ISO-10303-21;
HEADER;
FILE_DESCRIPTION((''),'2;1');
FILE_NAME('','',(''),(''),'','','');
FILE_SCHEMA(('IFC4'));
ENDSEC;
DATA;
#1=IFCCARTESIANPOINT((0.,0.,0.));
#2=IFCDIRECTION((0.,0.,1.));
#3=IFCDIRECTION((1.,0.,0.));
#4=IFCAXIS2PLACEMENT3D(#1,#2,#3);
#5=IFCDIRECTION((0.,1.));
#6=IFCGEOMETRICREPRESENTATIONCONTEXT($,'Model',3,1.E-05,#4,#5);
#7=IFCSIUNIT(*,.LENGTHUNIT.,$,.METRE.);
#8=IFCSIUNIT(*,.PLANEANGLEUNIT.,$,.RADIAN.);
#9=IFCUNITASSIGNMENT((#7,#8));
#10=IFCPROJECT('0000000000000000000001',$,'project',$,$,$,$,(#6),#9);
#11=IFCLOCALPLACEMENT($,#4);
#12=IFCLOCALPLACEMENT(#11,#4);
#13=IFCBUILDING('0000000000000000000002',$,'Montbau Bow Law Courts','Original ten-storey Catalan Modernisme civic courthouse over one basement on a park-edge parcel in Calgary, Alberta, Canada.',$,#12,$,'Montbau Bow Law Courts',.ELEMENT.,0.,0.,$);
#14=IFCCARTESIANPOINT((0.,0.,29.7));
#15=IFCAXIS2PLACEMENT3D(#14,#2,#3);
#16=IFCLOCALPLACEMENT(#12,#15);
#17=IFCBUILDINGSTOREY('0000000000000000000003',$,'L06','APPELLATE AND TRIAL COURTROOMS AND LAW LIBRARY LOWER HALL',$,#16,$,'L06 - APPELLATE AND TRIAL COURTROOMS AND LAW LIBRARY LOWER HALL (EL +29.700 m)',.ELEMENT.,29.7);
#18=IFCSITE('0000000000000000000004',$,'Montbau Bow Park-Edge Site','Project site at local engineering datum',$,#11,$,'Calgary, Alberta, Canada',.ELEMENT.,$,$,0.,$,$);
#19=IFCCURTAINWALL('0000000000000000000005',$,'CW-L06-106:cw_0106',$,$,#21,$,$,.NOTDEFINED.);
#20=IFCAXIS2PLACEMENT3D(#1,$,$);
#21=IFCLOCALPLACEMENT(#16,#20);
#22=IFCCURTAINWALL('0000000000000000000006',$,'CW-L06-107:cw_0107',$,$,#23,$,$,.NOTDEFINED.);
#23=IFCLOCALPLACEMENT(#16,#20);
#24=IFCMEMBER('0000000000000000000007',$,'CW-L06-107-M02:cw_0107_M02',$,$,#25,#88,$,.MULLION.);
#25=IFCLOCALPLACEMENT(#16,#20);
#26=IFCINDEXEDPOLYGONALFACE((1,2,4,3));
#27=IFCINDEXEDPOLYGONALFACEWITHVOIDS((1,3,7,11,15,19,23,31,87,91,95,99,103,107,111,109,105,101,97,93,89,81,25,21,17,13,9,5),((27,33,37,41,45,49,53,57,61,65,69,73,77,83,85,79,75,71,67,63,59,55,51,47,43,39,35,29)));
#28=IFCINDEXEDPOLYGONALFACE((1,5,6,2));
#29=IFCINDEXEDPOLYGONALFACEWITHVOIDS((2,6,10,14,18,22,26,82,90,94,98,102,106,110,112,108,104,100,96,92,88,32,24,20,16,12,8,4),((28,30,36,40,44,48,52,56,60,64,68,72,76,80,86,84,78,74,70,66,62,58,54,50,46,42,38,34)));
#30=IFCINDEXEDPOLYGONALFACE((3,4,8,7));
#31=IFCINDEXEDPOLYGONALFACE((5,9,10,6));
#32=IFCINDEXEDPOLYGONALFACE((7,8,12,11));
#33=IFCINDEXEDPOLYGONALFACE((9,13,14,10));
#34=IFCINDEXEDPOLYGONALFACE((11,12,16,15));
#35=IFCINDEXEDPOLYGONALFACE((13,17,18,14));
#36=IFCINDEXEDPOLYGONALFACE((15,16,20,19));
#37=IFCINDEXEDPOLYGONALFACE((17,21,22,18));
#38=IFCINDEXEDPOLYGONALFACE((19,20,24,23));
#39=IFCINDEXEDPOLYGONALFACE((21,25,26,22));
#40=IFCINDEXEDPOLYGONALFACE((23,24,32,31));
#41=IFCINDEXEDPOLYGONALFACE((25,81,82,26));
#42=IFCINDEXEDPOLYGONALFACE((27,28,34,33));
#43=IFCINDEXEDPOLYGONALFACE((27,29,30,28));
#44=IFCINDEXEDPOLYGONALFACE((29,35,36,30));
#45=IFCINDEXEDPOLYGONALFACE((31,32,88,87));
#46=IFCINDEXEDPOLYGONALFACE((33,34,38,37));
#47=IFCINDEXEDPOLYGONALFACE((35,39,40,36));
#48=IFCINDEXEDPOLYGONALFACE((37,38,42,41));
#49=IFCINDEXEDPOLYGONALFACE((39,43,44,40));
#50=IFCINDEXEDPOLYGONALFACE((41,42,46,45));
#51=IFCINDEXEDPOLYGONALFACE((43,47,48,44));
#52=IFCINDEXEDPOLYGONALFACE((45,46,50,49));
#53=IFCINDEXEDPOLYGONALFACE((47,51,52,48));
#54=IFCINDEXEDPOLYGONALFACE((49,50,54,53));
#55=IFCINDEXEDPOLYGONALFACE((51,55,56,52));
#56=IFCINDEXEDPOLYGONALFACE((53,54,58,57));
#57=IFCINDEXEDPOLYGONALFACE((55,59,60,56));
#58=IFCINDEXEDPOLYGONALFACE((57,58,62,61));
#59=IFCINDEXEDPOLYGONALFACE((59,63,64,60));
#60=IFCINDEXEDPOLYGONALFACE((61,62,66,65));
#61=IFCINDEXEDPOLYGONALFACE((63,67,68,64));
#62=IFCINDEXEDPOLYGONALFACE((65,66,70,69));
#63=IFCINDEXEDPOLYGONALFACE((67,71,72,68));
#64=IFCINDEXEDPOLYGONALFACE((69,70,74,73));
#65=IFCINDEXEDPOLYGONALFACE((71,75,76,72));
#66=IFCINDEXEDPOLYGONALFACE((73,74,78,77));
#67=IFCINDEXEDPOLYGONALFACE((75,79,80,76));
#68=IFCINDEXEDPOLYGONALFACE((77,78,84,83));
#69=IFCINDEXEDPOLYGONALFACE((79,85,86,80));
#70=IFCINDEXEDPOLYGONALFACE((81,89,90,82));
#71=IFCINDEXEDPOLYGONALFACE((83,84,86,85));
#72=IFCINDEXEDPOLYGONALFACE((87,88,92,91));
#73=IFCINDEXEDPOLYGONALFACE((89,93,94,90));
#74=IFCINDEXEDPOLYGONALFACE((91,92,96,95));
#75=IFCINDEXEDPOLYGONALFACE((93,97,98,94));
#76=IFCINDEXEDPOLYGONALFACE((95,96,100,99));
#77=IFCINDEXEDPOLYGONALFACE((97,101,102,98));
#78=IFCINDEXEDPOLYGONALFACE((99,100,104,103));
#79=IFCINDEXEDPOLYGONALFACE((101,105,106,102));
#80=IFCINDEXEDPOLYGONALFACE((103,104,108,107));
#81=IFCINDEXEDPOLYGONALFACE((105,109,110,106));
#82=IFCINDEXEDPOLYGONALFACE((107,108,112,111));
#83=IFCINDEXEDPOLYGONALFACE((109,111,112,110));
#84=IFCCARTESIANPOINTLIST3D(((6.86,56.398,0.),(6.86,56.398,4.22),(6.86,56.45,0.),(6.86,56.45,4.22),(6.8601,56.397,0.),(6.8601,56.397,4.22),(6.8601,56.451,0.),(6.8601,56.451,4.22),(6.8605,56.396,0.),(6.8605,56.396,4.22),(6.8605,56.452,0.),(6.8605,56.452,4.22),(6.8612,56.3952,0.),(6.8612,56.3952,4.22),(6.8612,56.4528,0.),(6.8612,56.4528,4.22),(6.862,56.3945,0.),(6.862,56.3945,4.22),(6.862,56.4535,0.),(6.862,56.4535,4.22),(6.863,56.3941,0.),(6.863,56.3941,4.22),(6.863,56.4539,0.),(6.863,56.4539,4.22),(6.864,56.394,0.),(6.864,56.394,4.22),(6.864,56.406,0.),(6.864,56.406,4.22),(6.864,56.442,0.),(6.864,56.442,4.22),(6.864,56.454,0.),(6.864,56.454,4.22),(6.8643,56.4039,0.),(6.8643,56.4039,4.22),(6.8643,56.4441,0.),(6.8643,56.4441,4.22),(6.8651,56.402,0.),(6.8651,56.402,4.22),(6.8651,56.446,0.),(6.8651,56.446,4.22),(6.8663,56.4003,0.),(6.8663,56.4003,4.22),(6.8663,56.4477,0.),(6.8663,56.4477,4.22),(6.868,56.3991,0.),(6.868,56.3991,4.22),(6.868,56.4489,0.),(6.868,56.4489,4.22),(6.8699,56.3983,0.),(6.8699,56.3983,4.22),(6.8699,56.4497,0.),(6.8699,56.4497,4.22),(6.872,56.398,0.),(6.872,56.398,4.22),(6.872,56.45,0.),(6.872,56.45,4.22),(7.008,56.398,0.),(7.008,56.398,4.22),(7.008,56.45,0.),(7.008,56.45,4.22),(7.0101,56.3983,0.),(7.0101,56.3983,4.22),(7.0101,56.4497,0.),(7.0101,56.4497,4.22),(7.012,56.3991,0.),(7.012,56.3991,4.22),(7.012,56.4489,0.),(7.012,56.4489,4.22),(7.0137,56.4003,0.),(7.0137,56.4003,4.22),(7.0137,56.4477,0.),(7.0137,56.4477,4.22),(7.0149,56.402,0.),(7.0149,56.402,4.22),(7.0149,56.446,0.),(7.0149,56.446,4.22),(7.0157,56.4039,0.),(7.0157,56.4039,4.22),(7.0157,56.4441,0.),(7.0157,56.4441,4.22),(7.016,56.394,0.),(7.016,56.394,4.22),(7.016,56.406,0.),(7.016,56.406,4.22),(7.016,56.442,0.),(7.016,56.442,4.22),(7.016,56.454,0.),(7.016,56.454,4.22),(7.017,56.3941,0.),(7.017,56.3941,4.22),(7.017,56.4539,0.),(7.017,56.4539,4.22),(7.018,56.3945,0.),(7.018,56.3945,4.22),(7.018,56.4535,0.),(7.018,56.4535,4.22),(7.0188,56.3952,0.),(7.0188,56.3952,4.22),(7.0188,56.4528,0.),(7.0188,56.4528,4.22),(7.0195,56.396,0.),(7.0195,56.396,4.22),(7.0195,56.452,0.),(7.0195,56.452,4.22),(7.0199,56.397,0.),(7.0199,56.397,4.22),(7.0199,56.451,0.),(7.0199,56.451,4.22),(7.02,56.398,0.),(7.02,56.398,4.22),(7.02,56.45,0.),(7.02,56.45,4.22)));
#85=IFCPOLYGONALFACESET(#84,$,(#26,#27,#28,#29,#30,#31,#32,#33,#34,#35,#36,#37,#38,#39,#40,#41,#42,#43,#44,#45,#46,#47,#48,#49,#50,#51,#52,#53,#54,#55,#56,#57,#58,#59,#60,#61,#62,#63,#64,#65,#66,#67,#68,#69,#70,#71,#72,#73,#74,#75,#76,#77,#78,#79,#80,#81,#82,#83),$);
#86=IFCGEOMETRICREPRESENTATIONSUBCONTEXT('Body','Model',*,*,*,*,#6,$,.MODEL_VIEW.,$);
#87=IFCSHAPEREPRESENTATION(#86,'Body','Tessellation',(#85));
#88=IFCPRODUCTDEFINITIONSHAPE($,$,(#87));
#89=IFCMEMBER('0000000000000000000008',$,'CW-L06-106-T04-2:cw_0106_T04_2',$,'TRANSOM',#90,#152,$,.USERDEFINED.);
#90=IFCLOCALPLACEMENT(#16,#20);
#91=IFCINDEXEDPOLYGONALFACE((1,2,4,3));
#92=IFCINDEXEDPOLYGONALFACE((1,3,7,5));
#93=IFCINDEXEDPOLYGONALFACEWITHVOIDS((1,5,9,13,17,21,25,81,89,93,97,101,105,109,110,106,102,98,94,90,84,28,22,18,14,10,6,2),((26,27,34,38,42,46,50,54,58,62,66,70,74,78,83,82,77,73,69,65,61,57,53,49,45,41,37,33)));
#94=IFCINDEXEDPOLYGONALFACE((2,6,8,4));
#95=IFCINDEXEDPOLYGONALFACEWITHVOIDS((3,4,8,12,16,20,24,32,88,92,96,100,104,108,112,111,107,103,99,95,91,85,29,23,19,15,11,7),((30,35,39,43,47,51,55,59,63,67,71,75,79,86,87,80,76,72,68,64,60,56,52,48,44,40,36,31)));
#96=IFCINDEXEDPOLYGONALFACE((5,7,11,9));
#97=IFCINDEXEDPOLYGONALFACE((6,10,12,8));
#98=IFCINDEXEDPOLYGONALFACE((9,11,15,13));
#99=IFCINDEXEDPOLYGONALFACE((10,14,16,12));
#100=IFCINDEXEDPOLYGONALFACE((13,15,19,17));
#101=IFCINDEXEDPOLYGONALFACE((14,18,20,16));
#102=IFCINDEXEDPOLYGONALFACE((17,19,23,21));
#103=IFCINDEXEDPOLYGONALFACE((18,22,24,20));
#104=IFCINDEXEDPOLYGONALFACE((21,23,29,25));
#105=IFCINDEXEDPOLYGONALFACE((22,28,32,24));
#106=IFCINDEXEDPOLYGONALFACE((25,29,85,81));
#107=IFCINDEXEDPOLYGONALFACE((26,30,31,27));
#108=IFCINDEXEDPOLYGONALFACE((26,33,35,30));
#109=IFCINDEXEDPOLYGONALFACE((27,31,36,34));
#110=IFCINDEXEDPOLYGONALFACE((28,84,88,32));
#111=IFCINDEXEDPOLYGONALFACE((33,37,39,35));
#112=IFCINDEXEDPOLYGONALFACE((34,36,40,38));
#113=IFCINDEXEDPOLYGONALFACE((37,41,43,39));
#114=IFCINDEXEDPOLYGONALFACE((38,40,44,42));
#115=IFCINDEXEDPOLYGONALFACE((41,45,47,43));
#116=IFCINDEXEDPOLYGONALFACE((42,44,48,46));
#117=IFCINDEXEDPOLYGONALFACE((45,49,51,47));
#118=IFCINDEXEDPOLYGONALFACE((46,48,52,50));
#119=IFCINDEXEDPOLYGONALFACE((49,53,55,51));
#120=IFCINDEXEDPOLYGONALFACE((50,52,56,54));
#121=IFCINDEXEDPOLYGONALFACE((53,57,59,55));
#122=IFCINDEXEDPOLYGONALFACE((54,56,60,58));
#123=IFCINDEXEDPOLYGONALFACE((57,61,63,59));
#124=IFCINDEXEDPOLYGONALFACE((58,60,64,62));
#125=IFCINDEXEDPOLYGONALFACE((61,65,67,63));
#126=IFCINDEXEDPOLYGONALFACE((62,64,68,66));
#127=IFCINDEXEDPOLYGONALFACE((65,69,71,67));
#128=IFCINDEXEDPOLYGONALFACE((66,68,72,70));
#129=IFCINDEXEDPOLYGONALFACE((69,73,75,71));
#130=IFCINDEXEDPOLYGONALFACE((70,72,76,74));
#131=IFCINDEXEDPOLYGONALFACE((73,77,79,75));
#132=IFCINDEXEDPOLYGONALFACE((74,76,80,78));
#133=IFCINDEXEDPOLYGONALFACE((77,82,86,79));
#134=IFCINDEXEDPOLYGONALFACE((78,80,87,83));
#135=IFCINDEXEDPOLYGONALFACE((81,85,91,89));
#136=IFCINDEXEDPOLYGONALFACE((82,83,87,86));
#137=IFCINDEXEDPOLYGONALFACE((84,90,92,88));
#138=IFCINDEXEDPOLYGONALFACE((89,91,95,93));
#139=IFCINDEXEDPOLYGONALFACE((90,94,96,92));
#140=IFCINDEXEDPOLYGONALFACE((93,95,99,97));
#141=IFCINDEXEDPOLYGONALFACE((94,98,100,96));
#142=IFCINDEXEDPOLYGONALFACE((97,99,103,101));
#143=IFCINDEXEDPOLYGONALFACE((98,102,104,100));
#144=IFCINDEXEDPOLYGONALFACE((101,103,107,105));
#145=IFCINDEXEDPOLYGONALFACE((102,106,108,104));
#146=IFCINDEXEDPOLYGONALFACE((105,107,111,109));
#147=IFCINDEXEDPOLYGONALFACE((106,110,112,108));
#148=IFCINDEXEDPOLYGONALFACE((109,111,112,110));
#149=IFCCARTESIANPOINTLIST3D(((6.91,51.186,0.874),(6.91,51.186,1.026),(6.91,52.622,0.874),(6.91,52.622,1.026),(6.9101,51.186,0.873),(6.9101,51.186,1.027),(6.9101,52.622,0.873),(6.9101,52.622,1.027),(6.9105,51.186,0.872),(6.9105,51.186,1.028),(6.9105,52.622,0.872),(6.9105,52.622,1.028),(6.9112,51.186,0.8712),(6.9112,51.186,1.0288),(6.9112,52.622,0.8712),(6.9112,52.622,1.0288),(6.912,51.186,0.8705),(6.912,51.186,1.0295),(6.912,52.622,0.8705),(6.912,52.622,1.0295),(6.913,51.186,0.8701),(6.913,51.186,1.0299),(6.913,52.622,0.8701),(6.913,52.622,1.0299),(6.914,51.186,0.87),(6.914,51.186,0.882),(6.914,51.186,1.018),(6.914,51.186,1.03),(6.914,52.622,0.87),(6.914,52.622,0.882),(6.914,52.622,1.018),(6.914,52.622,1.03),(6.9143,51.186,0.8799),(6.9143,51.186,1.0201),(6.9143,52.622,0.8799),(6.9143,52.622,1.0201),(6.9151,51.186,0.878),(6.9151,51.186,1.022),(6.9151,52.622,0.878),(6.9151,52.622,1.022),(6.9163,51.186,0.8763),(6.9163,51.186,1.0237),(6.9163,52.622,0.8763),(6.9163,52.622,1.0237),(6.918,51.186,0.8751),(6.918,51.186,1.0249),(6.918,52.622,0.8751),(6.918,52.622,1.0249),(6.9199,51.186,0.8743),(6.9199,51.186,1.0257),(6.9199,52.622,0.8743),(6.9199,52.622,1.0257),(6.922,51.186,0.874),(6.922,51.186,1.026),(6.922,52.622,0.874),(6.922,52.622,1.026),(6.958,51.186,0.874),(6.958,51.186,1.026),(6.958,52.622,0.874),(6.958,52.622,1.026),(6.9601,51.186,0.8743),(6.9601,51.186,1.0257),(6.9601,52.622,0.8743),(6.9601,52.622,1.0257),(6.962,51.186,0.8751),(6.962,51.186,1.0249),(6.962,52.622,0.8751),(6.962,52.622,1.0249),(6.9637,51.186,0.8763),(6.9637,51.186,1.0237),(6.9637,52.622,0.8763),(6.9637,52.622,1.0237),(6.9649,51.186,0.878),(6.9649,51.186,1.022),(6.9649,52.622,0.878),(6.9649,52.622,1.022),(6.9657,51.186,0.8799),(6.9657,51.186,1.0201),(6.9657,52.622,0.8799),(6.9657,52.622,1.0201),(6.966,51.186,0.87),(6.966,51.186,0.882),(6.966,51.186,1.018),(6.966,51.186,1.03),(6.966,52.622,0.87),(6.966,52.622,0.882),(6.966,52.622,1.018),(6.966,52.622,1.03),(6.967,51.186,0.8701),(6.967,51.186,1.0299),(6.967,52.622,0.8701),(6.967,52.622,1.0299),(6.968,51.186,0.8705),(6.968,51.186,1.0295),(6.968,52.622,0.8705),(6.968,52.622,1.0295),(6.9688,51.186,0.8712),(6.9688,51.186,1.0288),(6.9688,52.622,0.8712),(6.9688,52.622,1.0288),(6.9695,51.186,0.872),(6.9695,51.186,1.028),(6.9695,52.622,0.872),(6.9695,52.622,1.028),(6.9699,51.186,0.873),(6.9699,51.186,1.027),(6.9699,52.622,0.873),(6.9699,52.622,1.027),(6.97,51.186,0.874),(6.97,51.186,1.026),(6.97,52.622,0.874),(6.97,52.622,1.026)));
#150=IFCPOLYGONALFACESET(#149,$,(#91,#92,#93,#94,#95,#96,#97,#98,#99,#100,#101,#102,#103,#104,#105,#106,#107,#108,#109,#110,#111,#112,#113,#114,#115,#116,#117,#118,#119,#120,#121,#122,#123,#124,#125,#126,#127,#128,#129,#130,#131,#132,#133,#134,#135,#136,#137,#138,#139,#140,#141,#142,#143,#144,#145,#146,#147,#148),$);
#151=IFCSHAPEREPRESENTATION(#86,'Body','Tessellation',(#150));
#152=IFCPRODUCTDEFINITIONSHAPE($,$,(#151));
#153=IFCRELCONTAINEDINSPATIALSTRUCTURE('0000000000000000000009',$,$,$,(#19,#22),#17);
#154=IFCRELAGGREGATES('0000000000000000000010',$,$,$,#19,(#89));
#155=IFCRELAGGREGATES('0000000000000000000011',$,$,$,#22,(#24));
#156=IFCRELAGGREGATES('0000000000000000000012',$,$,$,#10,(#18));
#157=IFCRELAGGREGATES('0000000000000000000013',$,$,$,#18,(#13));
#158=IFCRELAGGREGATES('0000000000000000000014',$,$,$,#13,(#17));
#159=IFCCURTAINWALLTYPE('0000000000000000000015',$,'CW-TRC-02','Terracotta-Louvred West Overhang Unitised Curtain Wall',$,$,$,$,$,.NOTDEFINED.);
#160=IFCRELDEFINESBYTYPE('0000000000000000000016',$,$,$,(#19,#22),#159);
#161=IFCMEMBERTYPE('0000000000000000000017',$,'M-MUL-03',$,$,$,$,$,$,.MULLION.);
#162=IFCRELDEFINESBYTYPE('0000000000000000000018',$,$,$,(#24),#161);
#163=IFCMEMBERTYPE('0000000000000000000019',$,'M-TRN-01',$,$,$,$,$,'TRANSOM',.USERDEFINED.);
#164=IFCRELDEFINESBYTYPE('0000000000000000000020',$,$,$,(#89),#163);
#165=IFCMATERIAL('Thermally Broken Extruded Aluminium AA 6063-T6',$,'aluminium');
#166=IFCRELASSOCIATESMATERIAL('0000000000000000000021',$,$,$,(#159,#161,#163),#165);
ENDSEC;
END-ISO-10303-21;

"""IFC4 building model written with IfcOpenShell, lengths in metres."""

from ifc_helpers import new_model, si_unit, direction, frame, origin_with_axes, origin_2d_with_axis, place, context, subcontext, project, spatial, hollow_rectangle, extrude, material, material_profile, profile_set, type_object, element, aggregate, save


model = new_model("IFC4")

# Units and contexts
model_context = context("Model", 3, precision=1e-05, world=origin_with_axes(), true_north=direction((0.0, 1.0)))
body_context = subcontext(model_context, "Body", "Model", "MODEL_VIEW")
ifc_project = project(units=[si_unit("LENGTHUNIT", "METRE"), si_unit("PLANEANGLEUNIT", "RADIAN")], contexts=[model_context])

# Site, building, storey
site_placement = place(None, origin_with_axes())
site = spatial("IfcSite", under=ifc_project, at=site_placement, Name="Montbau Bow Park-Edge Site", Description="Project site at local engineering datum", LongName="Calgary, Alberta, Canada", CompositionType="ELEMENT", RefElevation=0.0)
building_placement = place(site_placement, origin_with_axes())
building = spatial("IfcBuilding", under=site, at=building_placement, Name="Montbau Bow Law Courts", Description="Original ten-storey Catalan Modernisme civic courthouse over one basement on a park-edge parcel in Calgary, Alberta, Canada.", LongName="Montbau Bow Law Courts", CompositionType="ELEMENT", ElevationOfRefHeight=0.0, ElevationOfTerrain=0.0)
storey_placement = place(building_placement, frame((0.0, 0.0, 29.7), z_axis=(0.0, 0.0, 1.0), x_axis=(1.0, 0.0, 0.0)))
storey = spatial("IfcBuildingStorey", under=building, at=storey_placement, Name="L06", Description="APPELLATE AND TRIAL COURTROOMS AND LAW LIBRARY LOWER HALL", LongName="L06 - APPELLATE AND TRIAL COURTROOMS AND LAW LIBRARY LOWER HALL (EL +29.700 m)", CompositionType="ELEMENT", Elevation=29.7)

# Curtain walls, member
ifc_material_1 = material(Name="Thermally Broken Extruded Aluminium AA 6063-T6", Category="aluminium")
curtain_wall_type = type_object("IfcCurtainWallType", Name="CW-TRC-02", Description="Terracotta-Louvred West Overhang Unitised Curtain Wall", PredefinedType="NOTDEFINED", material=ifc_material_1)
curtain_wall_1_placement = place(None, frame((6.94, 46.64, 29.7), z_axis=(0.0, 0.0, 1.0), x_axis=(1.0, 0.0, 0.0)))
curtain_wall_1 = element("IfcCurtainWall", 1, at=curtain_wall_1_placement, inside=storey, type_object=curtain_wall_type, Name="CW-L06-106:cw_0106", PredefinedType="NOTDEFINED")
curtain_wall_2_placement = place(None, frame((6.94, 55.04, 29.7), z_axis=(0.0, 0.0, 1.0), x_axis=(1.0, 0.0, 0.0)))
curtain_wall_2 = element("IfcCurtainWall", 2, at=curtain_wall_2_placement, inside=storey, type_object=curtain_wall_type, Name="CW-L06-107:cw_0107", PredefinedType="NOTDEFINED")
ifc_material_profile_1 = material_profile(ifc_material_1, hollow_rectangle(XDim=0.06, YDim=0.16, WallThickness=0.004, InnerFilletRadius=0.008, OuterFilletRadius=0.004, at=origin_2d_with_axis()), Name="CWM-160X60", Category="Main", Priority=0)
ifc_profile_set_1 = profile_set([ifc_material_profile_1], Name="Thermally Broken Extruded Aluminium AA 6063-T6")
member_type_1 = type_object("IfcMemberType", Name="M-MUL-03", PredefinedType="MULLION", material=ifc_profile_set_1)
member_1_placement = place(None, frame((6.94, 56.424, 29.7), z_axis=(0.0, 0.0, 1.0), x_axis=(0.0, 1.0, 0.0)))
member_1 = element("IfcMember", 3, at=member_1_placement, type_object=member_type_1, Name="CW-L06-107-M02:cw_0107_M02", PredefinedType="MULLION", context=body_context, shape_type="SweptSolid", body=[
    extrude(hollow_rectangle(XDim=0.06, YDim=0.16, WallThickness=0.004, InnerFilletRadius=0.008, OuterFilletRadius=0.004, at=origin_2d_with_axis()), origin_with_axes(), (0.0, 0.0, 1.0), 4.22),
])

# Member
ifc_material_profile_2 = material_profile(ifc_material_1, hollow_rectangle(XDim=0.06, YDim=0.16, WallThickness=0.004, InnerFilletRadius=0.008, OuterFilletRadius=0.004, at=origin_2d_with_axis()), Name="CWT-160X60", Category="Main", Priority=0)
ifc_profile_set_2 = profile_set([ifc_material_profile_2], Name="Thermally Broken Extruded Aluminium AA 6063-T6")
member_type_2 = type_object("IfcMemberType", Name="M-TRN-01", ElementType="TRANSOM", PredefinedType="USERDEFINED", material=ifc_profile_set_2)
member_2_placement = place(None, frame((6.94, 51.186, 30.65), z_axis=(0.0, 1.0, 0.0), x_axis=(-1.0, 0.0, 0.0)))
member_2 = element("IfcMember", 4, at=member_2_placement, type_object=member_type_2, Name="CW-L06-106-T04-2:cw_0106_T04_2", ObjectType="TRANSOM", PredefinedType="USERDEFINED", context=body_context, shape_type="SweptSolid", body=[
    extrude(hollow_rectangle(XDim=0.06, YDim=0.16, WallThickness=0.004, InnerFilletRadius=0.008, OuterFilletRadius=0.004, at=origin_2d_with_axis()), origin_with_axes(), (0.0, 0.0, 1.0), 1.436),
])

aggregate(curtain_wall_1, [member_2])
aggregate(curtain_wall_2, [member_1])

save(model, "model.ifc")
